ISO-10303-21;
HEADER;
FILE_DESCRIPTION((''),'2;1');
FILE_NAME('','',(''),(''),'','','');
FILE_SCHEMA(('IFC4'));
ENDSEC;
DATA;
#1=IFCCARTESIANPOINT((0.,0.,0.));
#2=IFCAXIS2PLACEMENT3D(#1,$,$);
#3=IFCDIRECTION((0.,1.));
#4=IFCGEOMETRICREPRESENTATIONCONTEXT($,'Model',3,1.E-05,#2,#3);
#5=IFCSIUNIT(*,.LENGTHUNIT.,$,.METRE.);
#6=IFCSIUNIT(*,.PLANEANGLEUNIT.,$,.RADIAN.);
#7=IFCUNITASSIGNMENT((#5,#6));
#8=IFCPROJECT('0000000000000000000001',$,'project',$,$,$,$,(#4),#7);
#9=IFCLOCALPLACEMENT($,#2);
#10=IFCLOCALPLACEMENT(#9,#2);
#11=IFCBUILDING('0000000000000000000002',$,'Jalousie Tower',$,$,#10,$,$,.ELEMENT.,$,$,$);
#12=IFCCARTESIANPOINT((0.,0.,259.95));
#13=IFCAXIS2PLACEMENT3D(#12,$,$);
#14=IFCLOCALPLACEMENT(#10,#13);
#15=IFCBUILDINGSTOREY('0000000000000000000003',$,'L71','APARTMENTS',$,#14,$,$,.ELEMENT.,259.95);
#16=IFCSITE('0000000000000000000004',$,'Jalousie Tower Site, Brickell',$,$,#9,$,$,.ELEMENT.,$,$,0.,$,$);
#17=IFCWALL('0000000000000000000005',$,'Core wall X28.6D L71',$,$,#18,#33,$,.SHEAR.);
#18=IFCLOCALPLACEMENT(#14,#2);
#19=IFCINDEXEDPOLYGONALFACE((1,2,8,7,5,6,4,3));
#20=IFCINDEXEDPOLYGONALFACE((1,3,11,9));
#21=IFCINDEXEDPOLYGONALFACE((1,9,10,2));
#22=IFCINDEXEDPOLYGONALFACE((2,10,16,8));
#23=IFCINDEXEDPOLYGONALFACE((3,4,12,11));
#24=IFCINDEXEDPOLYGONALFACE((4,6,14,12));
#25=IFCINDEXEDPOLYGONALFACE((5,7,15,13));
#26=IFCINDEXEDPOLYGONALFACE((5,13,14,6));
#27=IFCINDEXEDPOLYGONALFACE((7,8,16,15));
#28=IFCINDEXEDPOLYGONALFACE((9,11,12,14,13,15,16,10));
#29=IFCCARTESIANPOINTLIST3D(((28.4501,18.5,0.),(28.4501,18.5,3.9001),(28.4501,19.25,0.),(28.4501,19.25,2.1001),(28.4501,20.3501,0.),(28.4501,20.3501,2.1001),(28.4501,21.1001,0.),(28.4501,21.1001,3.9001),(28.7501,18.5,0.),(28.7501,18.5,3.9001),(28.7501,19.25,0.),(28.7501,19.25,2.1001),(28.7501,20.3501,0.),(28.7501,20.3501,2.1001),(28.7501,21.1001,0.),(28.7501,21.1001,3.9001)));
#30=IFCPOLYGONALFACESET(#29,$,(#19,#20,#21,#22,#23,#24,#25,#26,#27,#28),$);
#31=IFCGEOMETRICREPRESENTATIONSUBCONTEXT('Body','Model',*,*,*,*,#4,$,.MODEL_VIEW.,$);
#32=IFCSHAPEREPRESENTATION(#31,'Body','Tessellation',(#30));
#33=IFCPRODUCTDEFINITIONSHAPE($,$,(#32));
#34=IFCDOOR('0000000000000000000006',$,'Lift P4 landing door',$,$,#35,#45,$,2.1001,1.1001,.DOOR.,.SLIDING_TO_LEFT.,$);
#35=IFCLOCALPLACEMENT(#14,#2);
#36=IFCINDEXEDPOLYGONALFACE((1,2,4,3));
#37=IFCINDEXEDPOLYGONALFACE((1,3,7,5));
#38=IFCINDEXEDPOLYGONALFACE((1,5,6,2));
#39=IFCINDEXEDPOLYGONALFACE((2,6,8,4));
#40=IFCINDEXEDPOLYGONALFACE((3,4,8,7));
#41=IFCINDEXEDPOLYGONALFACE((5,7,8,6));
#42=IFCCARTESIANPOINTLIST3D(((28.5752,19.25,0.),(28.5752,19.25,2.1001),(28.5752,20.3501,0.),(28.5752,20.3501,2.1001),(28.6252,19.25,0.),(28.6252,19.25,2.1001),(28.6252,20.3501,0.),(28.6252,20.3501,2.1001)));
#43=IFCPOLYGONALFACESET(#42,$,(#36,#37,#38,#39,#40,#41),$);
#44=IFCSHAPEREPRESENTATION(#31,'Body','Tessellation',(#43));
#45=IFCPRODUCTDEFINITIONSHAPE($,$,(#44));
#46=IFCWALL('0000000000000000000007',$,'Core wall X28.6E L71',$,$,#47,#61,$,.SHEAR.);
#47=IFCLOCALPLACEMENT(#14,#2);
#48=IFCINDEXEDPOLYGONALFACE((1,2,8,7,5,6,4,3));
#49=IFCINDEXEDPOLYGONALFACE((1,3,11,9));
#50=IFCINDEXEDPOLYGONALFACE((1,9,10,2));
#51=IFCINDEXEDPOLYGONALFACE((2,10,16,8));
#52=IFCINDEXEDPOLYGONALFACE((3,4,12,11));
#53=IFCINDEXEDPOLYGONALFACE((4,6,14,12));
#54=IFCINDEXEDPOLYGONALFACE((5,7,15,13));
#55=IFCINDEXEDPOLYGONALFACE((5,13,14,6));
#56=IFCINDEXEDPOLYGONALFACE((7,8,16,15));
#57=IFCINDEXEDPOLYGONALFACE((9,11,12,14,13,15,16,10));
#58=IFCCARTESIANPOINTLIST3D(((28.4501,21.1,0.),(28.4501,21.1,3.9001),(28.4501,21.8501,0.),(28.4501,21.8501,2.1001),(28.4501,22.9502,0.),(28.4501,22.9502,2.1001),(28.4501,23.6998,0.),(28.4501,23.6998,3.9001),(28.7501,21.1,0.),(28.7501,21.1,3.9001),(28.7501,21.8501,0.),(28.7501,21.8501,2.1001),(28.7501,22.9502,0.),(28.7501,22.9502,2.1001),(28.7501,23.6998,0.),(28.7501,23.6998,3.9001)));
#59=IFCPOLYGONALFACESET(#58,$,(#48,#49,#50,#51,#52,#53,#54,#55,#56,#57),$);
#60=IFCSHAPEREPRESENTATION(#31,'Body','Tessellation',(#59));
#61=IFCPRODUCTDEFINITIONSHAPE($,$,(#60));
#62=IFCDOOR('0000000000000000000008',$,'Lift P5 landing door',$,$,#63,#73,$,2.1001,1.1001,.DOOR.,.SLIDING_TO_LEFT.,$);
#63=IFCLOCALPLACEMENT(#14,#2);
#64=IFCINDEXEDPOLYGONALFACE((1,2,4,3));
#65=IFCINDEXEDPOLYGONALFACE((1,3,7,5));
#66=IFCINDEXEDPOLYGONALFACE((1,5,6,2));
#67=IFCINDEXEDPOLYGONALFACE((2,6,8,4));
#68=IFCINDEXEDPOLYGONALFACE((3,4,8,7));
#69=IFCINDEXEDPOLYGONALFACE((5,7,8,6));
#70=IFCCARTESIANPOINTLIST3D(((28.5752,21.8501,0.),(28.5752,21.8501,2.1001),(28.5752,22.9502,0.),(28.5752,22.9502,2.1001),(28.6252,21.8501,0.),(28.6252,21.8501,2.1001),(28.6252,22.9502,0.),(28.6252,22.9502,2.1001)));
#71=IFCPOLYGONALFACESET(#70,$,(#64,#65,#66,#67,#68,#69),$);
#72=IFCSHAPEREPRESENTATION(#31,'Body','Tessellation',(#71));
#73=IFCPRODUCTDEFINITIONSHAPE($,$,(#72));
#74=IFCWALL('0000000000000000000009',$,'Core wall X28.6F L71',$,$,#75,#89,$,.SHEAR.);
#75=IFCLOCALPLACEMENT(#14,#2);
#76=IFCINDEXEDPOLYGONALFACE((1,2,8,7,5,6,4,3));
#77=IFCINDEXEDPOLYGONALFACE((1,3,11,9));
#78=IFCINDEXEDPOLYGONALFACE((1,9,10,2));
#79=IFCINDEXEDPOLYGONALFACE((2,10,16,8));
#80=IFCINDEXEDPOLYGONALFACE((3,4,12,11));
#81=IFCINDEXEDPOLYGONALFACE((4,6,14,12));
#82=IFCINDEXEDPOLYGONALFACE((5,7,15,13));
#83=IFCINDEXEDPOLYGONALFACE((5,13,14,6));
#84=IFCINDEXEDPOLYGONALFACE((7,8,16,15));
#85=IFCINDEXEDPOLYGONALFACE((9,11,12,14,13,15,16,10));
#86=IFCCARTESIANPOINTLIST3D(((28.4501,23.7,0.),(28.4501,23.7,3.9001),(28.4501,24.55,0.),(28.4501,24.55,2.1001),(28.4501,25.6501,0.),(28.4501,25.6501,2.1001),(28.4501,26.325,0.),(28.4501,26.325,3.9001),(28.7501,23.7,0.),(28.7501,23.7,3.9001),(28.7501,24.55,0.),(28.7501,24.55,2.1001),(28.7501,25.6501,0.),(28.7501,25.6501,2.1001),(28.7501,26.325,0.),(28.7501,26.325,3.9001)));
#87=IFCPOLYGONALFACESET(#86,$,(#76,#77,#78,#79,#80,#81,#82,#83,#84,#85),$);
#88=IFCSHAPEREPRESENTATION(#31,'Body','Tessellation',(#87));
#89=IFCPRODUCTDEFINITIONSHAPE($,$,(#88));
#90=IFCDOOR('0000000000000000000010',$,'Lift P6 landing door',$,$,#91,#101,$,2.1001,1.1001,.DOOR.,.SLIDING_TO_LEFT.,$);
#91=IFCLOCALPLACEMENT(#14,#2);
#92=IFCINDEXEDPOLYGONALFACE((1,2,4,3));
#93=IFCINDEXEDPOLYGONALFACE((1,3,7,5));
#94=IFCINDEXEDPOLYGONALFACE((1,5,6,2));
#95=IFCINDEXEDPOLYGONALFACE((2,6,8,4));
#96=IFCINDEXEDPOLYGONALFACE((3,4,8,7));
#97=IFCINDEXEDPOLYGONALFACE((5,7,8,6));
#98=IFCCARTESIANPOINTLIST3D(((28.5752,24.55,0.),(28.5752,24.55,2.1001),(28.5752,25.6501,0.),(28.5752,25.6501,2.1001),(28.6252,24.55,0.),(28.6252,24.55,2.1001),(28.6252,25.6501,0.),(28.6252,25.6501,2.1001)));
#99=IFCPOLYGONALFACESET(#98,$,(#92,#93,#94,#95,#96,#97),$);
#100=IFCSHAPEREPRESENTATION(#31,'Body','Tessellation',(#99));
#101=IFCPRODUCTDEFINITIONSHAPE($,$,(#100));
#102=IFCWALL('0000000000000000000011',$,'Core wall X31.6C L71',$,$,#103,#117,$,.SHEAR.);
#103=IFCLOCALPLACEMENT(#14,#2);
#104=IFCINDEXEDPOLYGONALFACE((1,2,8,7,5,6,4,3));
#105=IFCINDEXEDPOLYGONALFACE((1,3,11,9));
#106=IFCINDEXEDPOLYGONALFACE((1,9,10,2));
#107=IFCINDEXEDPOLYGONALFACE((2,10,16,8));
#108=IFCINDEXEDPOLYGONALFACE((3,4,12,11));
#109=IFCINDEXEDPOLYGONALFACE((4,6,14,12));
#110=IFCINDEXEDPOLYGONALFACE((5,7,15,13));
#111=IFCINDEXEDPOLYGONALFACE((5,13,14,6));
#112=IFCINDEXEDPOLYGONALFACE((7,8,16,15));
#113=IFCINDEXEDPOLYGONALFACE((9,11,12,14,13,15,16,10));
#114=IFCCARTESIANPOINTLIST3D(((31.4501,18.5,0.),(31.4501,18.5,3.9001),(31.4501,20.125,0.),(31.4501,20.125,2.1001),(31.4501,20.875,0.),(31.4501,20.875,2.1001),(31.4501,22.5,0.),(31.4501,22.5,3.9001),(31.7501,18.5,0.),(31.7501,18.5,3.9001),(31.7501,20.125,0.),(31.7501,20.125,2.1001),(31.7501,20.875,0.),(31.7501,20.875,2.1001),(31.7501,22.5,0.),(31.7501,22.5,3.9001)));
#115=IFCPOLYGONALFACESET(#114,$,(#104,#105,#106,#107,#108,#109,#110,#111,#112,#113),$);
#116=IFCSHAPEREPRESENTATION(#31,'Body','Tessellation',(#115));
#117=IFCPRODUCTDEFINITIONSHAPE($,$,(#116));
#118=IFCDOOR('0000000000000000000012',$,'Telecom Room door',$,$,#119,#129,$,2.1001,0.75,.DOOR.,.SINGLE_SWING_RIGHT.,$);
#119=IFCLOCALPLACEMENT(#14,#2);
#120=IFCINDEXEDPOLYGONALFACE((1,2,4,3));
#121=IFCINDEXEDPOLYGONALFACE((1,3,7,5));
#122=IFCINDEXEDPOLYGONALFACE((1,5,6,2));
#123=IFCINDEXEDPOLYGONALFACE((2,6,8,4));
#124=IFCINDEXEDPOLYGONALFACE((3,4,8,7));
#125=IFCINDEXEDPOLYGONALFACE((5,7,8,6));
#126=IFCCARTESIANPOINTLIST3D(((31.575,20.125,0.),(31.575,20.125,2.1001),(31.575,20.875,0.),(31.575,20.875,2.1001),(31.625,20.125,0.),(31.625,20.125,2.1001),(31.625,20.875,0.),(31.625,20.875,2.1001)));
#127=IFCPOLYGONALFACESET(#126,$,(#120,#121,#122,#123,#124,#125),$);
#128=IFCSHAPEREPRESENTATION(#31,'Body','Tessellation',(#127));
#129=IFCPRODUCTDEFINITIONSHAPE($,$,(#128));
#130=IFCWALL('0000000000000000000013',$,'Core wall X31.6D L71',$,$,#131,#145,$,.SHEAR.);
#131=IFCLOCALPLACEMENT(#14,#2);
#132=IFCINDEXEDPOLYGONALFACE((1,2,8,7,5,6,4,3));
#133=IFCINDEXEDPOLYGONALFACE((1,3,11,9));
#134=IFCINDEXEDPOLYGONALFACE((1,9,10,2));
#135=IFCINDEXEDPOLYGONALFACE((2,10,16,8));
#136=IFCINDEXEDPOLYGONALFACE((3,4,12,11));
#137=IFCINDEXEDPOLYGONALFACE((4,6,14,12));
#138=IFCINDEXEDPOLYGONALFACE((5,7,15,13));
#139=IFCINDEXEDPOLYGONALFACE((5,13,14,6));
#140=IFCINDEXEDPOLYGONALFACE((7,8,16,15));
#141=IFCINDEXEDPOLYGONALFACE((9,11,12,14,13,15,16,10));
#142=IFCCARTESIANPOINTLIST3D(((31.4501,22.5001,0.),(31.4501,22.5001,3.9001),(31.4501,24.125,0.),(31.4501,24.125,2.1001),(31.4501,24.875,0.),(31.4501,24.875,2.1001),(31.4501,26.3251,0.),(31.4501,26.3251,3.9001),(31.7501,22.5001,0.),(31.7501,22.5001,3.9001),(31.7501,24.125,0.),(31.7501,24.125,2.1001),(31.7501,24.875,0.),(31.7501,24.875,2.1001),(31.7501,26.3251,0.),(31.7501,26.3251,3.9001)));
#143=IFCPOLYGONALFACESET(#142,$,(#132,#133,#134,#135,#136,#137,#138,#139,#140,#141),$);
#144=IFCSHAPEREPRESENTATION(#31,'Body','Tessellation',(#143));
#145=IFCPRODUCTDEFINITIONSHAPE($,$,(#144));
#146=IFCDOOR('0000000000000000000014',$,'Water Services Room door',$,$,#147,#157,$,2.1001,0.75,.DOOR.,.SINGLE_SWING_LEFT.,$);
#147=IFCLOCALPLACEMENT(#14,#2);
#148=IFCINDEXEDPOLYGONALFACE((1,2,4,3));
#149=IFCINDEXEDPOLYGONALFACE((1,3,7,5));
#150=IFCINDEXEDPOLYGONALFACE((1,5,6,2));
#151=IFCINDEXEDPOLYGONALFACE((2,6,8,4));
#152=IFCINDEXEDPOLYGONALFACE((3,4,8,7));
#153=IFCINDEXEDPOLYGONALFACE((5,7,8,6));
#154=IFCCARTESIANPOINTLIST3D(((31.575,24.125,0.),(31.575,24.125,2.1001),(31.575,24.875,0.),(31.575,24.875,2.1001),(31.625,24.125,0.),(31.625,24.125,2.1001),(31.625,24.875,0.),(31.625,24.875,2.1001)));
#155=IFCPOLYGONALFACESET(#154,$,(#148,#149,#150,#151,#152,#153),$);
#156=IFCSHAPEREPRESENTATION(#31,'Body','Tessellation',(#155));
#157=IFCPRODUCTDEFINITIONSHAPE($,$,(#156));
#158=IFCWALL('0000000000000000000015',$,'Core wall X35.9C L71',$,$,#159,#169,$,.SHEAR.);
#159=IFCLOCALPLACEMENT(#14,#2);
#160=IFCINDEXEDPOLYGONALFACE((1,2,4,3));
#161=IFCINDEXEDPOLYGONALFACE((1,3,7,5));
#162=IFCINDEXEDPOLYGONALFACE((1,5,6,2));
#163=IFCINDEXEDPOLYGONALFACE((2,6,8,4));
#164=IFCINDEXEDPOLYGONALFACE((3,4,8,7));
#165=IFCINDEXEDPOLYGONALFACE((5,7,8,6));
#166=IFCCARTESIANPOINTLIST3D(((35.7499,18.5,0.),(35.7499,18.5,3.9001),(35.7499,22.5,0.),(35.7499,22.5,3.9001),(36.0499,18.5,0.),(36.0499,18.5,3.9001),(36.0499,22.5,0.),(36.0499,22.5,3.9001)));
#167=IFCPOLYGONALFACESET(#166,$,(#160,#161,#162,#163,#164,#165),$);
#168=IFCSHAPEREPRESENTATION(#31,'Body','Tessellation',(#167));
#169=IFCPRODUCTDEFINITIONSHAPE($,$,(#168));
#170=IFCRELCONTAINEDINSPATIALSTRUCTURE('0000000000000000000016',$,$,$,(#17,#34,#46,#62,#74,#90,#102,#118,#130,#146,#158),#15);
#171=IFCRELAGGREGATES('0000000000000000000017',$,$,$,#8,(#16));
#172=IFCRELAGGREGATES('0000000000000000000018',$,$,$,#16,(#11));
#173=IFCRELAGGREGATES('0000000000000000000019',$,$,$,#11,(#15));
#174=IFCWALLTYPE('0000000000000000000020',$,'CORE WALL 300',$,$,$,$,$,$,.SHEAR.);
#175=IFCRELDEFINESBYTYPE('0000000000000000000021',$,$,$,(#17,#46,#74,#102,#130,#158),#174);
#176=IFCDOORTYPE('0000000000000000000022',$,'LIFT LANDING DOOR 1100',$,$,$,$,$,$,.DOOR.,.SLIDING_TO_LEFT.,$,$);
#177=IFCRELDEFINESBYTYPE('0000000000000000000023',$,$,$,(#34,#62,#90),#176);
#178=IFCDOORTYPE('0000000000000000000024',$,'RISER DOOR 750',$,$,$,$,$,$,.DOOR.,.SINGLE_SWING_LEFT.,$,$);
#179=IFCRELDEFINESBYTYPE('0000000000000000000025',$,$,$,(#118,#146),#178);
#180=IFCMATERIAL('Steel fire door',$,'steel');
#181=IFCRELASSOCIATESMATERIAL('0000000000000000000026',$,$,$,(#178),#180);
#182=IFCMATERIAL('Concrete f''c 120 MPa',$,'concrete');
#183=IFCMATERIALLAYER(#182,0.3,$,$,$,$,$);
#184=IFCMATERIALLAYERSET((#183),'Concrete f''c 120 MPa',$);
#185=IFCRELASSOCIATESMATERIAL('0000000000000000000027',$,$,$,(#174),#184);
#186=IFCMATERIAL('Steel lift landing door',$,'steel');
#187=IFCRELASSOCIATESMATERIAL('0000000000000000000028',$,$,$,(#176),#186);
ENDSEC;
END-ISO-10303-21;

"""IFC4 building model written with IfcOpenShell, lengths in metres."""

from ifc_helpers import new_model, si_unit, direction, frame, frame_2d, origin, place, context, subcontext, project, spatial, rectangle, extrude, material, layer, layer_set, type_object, element, fill, save


model = new_model("IFC4")

# Units and contexts
model_context = context("Model", 3, precision=1e-05, world=origin(), true_north=direction((0.0, 1.0)))
body_context = subcontext(model_context, "Body", "Model", "MODEL_VIEW")
ifc_project = project(units=[si_unit("LENGTHUNIT", "METRE"), si_unit("PLANEANGLEUNIT", "RADIAN")], contexts=[model_context])

# Site, building, storey
site_placement = place(None, origin())
site = spatial("IfcSite", under=ifc_project, at=site_placement, Name="Jalousie Tower Site, Brickell", CompositionType="ELEMENT", RefElevation=0.0)
building_placement = place(site_placement, origin())
building = spatial("IfcBuilding", under=site, at=building_placement, Name="Jalousie Tower", CompositionType="ELEMENT")
storey_placement = place(building_placement, frame((0.0, 0.0, 259.95)))
storey = spatial("IfcBuildingStorey", under=building, at=storey_placement, Name="L71", Description="APARTMENTS", CompositionType="ELEMENT", Elevation=259.95)

# Shared definitions
ifc_material_1 = material(Name="Steel fire door", Category="steel")
door_type_1 = type_object("IfcDoorType", Name="RISER DOOR 750", OperationType="SINGLE_SWING_LEFT", PredefinedType="DOOR", material=ifc_material_1)

# Shared definitions
ifc_material_2 = material(Name="Concrete f'c 120 MPa", Category="concrete")
ifc_layer_1 = layer(ifc_material_2, 0.3)
ifc_layer_set_1 = layer_set([ifc_layer_1], Name="Concrete f'c 120 MPa")
wall_type_1 = type_object("IfcWallType", Name="CORE WALL 300", PredefinedType="SHEAR", material=ifc_layer_set_1)

# Walls, openings, doors
wall_1_placement = place(storey_placement, frame((28.6001, 18.5, 0.0), z_axis=(0.0, 0.0, 1.0), x_axis=(0.0, 1.0, 0.0)))
wall_1 = element("IfcWall", 1, at=wall_1_placement, inside=storey, type_object=wall_type_1, Name="Core wall X28.6D L71", PredefinedType="SHEAR", context=body_context, shape_type="SweptSolid", body=[
    extrude(rectangle(XDim=2.6001, YDim=0.3, at=frame_2d((1.3, 0.0))), origin(), (0.0, 0.0, 1.0), 3.9001),
])
opening_1_placement = place(wall_1_placement, frame((0.75, 0.0, 0.0)))
opening_1 = element("IfcOpeningElement", 2, at=opening_1_placement, cuts=wall_1, PredefinedType="OPENING", context=body_context, shape_type="SweptSolid", body=[
    extrude(rectangle(XDim=1.1001, YDim=2.1001, at=frame_2d((0.55, 1.05))), frame((0.0, 0.1599, 0.0), z_axis=(0.0, -1.0, 0.0), x_axis=(1.0, 0.0, 0.0)), (0.0, 0.0, 1.0), 0.3201),
])
ifc_material_3 = material(Name="Steel lift landing door", Category="steel")
door_type_2 = type_object("IfcDoorType", Name="LIFT LANDING DOOR 1100", OperationType="SLIDING_TO_LEFT", PredefinedType="DOOR", material=ifc_material_3)
door_1_placement = place(opening_1_placement, origin())
door_1 = element("IfcDoor", 3, at=door_1_placement, inside=storey, type_object=door_type_2, Name="Lift P4 landing door", OperationType="SLIDING_TO_LEFT", OverallHeight=2.1001, OverallWidth=1.1001, PredefinedType="DOOR", context=body_context, shape_type="SweptSolid", body=[
    extrude(rectangle(XDim=1.1001, YDim=2.1001, at=frame_2d((0.55, 1.05))), frame((0.0, 0.0249, 0.0), z_axis=(0.0, -1.0, 0.0), x_axis=(1.0, 0.0, 0.0)), (0.0, 0.0, 1.0), 0.05),
])
fill(opening_1, door_1)
wall_2_placement = place(storey_placement, frame((28.6001, 21.1001, 0.0), z_axis=(0.0, 0.0, 1.0), x_axis=(0.0, 1.0, 0.0)))
wall_2 = element("IfcWall", 4, at=wall_2_placement, inside=storey, type_object=wall_type_1, Name="Core wall X28.6E L71", PredefinedType="SHEAR", context=body_context, shape_type="SweptSolid", body=[
    extrude(rectangle(XDim=2.5999, YDim=0.3, at=frame_2d((1.2998, 0.0))), origin(), (0.0, 0.0, 1.0), 3.9001),
])
opening_2_placement = place(wall_2_placement, frame((0.75, 0.0, 0.0)))
opening_2 = element("IfcOpeningElement", 5, at=opening_2_placement, cuts=wall_2, PredefinedType="OPENING", context=body_context, shape_type="SweptSolid", body=[
    extrude(rectangle(XDim=1.1001, YDim=2.1001, at=frame_2d((0.55, 1.05))), frame((0.0, 0.1599, 0.0), z_axis=(0.0, -1.0, 0.0), x_axis=(1.0, 0.0, 0.0)), (0.0, 0.0, 1.0), 0.3201),
])
door_2_placement = place(opening_2_placement, origin())
door_2 = element("IfcDoor", 6, at=door_2_placement, inside=storey, type_object=door_type_2, Name="Lift P5 landing door", OperationType="SLIDING_TO_LEFT", OverallHeight=2.1001, OverallWidth=1.1001, PredefinedType="DOOR", context=body_context, shape_type="SweptSolid", body=[
    extrude(rectangle(XDim=1.1001, YDim=2.1001, at=frame_2d((0.55, 1.05))), frame((0.0, 0.0249, 0.0), z_axis=(0.0, -1.0, 0.0), x_axis=(1.0, 0.0, 0.0)), (0.0, 0.0, 1.0), 0.05),
])
fill(opening_2, door_2)
wall_3_placement = place(storey_placement, frame((28.6001, 23.7, 0.0), z_axis=(0.0, 0.0, 1.0), x_axis=(0.0, 1.0, 0.0)))
wall_3 = element("IfcWall", 7, at=wall_3_placement, inside=storey, type_object=wall_type_1, Name="Core wall X28.6F L71", PredefinedType="SHEAR", context=body_context, shape_type="SweptSolid", body=[
    extrude(rectangle(XDim=2.625, YDim=0.3, at=frame_2d((1.3125, 0.0))), origin(), (0.0, 0.0, 1.0), 3.9001),
])
opening_3_placement = place(wall_3_placement, frame((0.8501, 0.0, 0.0)))
opening_3 = element("IfcOpeningElement", 8, at=opening_3_placement, cuts=wall_3, PredefinedType="OPENING", context=body_context, shape_type="SweptSolid", body=[
    extrude(rectangle(XDim=1.1001, YDim=2.1001, at=frame_2d((0.55, 1.05))), frame((0.0, 0.1599, 0.0), z_axis=(0.0, -1.0, 0.0), x_axis=(1.0, 0.0, 0.0)), (0.0, 0.0, 1.0), 0.3201),
])
door_3_placement = place(opening_3_placement, origin())
door_3 = element("IfcDoor", 9, at=door_3_placement, inside=storey, type_object=door_type_2, Name="Lift P6 landing door", OperationType="SLIDING_TO_LEFT", OverallHeight=2.1001, OverallWidth=1.1001, PredefinedType="DOOR", context=body_context, shape_type="SweptSolid", body=[
    extrude(rectangle(XDim=1.1001, YDim=2.1001, at=frame_2d((0.55, 1.05))), frame((0.0, 0.0249, 0.0), z_axis=(0.0, -1.0, 0.0), x_axis=(1.0, 0.0, 0.0)), (0.0, 0.0, 1.0), 0.05),
])
fill(opening_3, door_3)
wall_4_placement = place(storey_placement, frame((31.6001, 18.5, 0.0), z_axis=(0.0, 0.0, 1.0), x_axis=(0.0, 1.0, 0.0)))
wall_4 = element("IfcWall", 10, at=wall_4_placement, inside=storey, type_object=wall_type_1, Name="Core wall X31.6C L71", PredefinedType="SHEAR", context=body_context, shape_type="SweptSolid", body=[
    extrude(rectangle(XDim=4.0, YDim=0.3, at=frame_2d((2.0, 0.0))), origin(), (0.0, 0.0, 1.0), 3.9001),
])
opening_4_placement = place(wall_4_placement, frame((1.625, 0.0, 0.0)))
opening_4 = element("IfcOpeningElement", 11, at=opening_4_placement, cuts=wall_4, PredefinedType="OPENING", context=body_context, shape_type="SweptSolid", body=[
    extrude(rectangle(XDim=0.75, YDim=2.1001, at=frame_2d((0.375, 1.05))), frame((0.0, 0.1599, 0.0), z_axis=(0.0, -1.0, 0.0), x_axis=(1.0, 0.0, 0.0)), (0.0, 0.0, 1.0), 0.3201),
])
door_4_placement = place(opening_4_placement, frame((0.75, 0.0, 0.0), z_axis=(0.0, 0.0, 1.0), x_axis=(-1.0, 0.0, 0.0)))
door_4 = element("IfcDoor", 12, at=door_4_placement, inside=storey, type_object=door_type_1, Name="Telecom Room door", OperationType="SINGLE_SWING_RIGHT", OverallHeight=2.1001, OverallWidth=0.75, PredefinedType="DOOR", context=body_context, shape_type="SweptSolid", body=[
    extrude(rectangle(XDim=0.75, YDim=2.1001, at=frame_2d((0.375, 1.05))), frame((0.0, 0.0249, 0.0), z_axis=(0.0, -1.0, 0.0), x_axis=(1.0, 0.0, 0.0)), (0.0, 0.0, 1.0), 0.05),
])
fill(opening_4, door_4)
wall_5_placement = place(storey_placement, frame((31.6001, 22.5, 0.0), z_axis=(0.0, 0.0, 1.0), x_axis=(0.0, 1.0, 0.0)))
wall_5 = element("IfcWall", 13, at=wall_5_placement, inside=storey, type_object=wall_type_1, Name="Core wall X31.6D L71", PredefinedType="SHEAR", context=body_context, shape_type="SweptSolid", body=[
    extrude(rectangle(XDim=3.825, YDim=0.3, at=frame_2d((1.9126, 0.0))), origin(), (0.0, 0.0, 1.0), 3.9001),
])
opening_5_placement = place(wall_5_placement, frame((1.625, 0.0, 0.0)))
opening_5 = element("IfcOpeningElement", 14, at=opening_5_placement, cuts=wall_5, PredefinedType="OPENING", context=body_context, shape_type="SweptSolid", body=[
    extrude(rectangle(XDim=0.75, YDim=2.1001, at=frame_2d((0.375, 1.05))), frame((0.0, 0.1599, 0.0), z_axis=(0.0, -1.0, 0.0), x_axis=(1.0, 0.0, 0.0)), (0.0, 0.0, 1.0), 0.3201),
])
door_5_placement = place(opening_5_placement, frame((0.75, 0.0, 0.0), z_axis=(0.0, 0.0, 1.0), x_axis=(-1.0, 0.0, 0.0)))
door_5 = element("IfcDoor", 15, at=door_5_placement, inside=storey, type_object=door_type_1, Name="Water Services Room door", OperationType="SINGLE_SWING_LEFT", OverallHeight=2.1001, OverallWidth=0.75, PredefinedType="DOOR", context=body_context, shape_type="SweptSolid", body=[
    extrude(rectangle(XDim=0.75, YDim=2.1001, at=frame_2d((0.375, 1.05))), frame((0.0, 0.0249, 0.0), z_axis=(0.0, -1.0, 0.0), x_axis=(1.0, 0.0, 0.0)), (0.0, 0.0, 1.0), 0.05),
])
fill(opening_5, door_5)

# Wall
wall_6_placement = place(storey_placement, frame((35.8999, 18.5, 0.0), z_axis=(0.0, 0.0, 1.0), x_axis=(0.0, 1.0, 0.0)))
element("IfcWall", 16, at=wall_6_placement, inside=storey, type_object=wall_type_1, Name="Core wall X35.9C L71", PredefinedType="SHEAR", context=body_context, shape_type="SweptSolid", body=[
    extrude(rectangle(XDim=4.0, YDim=0.3, at=frame_2d((2.0, 0.0))), origin(), (0.0, 0.0, 1.0), 3.9001),
])

save(model, "model.ifc")
